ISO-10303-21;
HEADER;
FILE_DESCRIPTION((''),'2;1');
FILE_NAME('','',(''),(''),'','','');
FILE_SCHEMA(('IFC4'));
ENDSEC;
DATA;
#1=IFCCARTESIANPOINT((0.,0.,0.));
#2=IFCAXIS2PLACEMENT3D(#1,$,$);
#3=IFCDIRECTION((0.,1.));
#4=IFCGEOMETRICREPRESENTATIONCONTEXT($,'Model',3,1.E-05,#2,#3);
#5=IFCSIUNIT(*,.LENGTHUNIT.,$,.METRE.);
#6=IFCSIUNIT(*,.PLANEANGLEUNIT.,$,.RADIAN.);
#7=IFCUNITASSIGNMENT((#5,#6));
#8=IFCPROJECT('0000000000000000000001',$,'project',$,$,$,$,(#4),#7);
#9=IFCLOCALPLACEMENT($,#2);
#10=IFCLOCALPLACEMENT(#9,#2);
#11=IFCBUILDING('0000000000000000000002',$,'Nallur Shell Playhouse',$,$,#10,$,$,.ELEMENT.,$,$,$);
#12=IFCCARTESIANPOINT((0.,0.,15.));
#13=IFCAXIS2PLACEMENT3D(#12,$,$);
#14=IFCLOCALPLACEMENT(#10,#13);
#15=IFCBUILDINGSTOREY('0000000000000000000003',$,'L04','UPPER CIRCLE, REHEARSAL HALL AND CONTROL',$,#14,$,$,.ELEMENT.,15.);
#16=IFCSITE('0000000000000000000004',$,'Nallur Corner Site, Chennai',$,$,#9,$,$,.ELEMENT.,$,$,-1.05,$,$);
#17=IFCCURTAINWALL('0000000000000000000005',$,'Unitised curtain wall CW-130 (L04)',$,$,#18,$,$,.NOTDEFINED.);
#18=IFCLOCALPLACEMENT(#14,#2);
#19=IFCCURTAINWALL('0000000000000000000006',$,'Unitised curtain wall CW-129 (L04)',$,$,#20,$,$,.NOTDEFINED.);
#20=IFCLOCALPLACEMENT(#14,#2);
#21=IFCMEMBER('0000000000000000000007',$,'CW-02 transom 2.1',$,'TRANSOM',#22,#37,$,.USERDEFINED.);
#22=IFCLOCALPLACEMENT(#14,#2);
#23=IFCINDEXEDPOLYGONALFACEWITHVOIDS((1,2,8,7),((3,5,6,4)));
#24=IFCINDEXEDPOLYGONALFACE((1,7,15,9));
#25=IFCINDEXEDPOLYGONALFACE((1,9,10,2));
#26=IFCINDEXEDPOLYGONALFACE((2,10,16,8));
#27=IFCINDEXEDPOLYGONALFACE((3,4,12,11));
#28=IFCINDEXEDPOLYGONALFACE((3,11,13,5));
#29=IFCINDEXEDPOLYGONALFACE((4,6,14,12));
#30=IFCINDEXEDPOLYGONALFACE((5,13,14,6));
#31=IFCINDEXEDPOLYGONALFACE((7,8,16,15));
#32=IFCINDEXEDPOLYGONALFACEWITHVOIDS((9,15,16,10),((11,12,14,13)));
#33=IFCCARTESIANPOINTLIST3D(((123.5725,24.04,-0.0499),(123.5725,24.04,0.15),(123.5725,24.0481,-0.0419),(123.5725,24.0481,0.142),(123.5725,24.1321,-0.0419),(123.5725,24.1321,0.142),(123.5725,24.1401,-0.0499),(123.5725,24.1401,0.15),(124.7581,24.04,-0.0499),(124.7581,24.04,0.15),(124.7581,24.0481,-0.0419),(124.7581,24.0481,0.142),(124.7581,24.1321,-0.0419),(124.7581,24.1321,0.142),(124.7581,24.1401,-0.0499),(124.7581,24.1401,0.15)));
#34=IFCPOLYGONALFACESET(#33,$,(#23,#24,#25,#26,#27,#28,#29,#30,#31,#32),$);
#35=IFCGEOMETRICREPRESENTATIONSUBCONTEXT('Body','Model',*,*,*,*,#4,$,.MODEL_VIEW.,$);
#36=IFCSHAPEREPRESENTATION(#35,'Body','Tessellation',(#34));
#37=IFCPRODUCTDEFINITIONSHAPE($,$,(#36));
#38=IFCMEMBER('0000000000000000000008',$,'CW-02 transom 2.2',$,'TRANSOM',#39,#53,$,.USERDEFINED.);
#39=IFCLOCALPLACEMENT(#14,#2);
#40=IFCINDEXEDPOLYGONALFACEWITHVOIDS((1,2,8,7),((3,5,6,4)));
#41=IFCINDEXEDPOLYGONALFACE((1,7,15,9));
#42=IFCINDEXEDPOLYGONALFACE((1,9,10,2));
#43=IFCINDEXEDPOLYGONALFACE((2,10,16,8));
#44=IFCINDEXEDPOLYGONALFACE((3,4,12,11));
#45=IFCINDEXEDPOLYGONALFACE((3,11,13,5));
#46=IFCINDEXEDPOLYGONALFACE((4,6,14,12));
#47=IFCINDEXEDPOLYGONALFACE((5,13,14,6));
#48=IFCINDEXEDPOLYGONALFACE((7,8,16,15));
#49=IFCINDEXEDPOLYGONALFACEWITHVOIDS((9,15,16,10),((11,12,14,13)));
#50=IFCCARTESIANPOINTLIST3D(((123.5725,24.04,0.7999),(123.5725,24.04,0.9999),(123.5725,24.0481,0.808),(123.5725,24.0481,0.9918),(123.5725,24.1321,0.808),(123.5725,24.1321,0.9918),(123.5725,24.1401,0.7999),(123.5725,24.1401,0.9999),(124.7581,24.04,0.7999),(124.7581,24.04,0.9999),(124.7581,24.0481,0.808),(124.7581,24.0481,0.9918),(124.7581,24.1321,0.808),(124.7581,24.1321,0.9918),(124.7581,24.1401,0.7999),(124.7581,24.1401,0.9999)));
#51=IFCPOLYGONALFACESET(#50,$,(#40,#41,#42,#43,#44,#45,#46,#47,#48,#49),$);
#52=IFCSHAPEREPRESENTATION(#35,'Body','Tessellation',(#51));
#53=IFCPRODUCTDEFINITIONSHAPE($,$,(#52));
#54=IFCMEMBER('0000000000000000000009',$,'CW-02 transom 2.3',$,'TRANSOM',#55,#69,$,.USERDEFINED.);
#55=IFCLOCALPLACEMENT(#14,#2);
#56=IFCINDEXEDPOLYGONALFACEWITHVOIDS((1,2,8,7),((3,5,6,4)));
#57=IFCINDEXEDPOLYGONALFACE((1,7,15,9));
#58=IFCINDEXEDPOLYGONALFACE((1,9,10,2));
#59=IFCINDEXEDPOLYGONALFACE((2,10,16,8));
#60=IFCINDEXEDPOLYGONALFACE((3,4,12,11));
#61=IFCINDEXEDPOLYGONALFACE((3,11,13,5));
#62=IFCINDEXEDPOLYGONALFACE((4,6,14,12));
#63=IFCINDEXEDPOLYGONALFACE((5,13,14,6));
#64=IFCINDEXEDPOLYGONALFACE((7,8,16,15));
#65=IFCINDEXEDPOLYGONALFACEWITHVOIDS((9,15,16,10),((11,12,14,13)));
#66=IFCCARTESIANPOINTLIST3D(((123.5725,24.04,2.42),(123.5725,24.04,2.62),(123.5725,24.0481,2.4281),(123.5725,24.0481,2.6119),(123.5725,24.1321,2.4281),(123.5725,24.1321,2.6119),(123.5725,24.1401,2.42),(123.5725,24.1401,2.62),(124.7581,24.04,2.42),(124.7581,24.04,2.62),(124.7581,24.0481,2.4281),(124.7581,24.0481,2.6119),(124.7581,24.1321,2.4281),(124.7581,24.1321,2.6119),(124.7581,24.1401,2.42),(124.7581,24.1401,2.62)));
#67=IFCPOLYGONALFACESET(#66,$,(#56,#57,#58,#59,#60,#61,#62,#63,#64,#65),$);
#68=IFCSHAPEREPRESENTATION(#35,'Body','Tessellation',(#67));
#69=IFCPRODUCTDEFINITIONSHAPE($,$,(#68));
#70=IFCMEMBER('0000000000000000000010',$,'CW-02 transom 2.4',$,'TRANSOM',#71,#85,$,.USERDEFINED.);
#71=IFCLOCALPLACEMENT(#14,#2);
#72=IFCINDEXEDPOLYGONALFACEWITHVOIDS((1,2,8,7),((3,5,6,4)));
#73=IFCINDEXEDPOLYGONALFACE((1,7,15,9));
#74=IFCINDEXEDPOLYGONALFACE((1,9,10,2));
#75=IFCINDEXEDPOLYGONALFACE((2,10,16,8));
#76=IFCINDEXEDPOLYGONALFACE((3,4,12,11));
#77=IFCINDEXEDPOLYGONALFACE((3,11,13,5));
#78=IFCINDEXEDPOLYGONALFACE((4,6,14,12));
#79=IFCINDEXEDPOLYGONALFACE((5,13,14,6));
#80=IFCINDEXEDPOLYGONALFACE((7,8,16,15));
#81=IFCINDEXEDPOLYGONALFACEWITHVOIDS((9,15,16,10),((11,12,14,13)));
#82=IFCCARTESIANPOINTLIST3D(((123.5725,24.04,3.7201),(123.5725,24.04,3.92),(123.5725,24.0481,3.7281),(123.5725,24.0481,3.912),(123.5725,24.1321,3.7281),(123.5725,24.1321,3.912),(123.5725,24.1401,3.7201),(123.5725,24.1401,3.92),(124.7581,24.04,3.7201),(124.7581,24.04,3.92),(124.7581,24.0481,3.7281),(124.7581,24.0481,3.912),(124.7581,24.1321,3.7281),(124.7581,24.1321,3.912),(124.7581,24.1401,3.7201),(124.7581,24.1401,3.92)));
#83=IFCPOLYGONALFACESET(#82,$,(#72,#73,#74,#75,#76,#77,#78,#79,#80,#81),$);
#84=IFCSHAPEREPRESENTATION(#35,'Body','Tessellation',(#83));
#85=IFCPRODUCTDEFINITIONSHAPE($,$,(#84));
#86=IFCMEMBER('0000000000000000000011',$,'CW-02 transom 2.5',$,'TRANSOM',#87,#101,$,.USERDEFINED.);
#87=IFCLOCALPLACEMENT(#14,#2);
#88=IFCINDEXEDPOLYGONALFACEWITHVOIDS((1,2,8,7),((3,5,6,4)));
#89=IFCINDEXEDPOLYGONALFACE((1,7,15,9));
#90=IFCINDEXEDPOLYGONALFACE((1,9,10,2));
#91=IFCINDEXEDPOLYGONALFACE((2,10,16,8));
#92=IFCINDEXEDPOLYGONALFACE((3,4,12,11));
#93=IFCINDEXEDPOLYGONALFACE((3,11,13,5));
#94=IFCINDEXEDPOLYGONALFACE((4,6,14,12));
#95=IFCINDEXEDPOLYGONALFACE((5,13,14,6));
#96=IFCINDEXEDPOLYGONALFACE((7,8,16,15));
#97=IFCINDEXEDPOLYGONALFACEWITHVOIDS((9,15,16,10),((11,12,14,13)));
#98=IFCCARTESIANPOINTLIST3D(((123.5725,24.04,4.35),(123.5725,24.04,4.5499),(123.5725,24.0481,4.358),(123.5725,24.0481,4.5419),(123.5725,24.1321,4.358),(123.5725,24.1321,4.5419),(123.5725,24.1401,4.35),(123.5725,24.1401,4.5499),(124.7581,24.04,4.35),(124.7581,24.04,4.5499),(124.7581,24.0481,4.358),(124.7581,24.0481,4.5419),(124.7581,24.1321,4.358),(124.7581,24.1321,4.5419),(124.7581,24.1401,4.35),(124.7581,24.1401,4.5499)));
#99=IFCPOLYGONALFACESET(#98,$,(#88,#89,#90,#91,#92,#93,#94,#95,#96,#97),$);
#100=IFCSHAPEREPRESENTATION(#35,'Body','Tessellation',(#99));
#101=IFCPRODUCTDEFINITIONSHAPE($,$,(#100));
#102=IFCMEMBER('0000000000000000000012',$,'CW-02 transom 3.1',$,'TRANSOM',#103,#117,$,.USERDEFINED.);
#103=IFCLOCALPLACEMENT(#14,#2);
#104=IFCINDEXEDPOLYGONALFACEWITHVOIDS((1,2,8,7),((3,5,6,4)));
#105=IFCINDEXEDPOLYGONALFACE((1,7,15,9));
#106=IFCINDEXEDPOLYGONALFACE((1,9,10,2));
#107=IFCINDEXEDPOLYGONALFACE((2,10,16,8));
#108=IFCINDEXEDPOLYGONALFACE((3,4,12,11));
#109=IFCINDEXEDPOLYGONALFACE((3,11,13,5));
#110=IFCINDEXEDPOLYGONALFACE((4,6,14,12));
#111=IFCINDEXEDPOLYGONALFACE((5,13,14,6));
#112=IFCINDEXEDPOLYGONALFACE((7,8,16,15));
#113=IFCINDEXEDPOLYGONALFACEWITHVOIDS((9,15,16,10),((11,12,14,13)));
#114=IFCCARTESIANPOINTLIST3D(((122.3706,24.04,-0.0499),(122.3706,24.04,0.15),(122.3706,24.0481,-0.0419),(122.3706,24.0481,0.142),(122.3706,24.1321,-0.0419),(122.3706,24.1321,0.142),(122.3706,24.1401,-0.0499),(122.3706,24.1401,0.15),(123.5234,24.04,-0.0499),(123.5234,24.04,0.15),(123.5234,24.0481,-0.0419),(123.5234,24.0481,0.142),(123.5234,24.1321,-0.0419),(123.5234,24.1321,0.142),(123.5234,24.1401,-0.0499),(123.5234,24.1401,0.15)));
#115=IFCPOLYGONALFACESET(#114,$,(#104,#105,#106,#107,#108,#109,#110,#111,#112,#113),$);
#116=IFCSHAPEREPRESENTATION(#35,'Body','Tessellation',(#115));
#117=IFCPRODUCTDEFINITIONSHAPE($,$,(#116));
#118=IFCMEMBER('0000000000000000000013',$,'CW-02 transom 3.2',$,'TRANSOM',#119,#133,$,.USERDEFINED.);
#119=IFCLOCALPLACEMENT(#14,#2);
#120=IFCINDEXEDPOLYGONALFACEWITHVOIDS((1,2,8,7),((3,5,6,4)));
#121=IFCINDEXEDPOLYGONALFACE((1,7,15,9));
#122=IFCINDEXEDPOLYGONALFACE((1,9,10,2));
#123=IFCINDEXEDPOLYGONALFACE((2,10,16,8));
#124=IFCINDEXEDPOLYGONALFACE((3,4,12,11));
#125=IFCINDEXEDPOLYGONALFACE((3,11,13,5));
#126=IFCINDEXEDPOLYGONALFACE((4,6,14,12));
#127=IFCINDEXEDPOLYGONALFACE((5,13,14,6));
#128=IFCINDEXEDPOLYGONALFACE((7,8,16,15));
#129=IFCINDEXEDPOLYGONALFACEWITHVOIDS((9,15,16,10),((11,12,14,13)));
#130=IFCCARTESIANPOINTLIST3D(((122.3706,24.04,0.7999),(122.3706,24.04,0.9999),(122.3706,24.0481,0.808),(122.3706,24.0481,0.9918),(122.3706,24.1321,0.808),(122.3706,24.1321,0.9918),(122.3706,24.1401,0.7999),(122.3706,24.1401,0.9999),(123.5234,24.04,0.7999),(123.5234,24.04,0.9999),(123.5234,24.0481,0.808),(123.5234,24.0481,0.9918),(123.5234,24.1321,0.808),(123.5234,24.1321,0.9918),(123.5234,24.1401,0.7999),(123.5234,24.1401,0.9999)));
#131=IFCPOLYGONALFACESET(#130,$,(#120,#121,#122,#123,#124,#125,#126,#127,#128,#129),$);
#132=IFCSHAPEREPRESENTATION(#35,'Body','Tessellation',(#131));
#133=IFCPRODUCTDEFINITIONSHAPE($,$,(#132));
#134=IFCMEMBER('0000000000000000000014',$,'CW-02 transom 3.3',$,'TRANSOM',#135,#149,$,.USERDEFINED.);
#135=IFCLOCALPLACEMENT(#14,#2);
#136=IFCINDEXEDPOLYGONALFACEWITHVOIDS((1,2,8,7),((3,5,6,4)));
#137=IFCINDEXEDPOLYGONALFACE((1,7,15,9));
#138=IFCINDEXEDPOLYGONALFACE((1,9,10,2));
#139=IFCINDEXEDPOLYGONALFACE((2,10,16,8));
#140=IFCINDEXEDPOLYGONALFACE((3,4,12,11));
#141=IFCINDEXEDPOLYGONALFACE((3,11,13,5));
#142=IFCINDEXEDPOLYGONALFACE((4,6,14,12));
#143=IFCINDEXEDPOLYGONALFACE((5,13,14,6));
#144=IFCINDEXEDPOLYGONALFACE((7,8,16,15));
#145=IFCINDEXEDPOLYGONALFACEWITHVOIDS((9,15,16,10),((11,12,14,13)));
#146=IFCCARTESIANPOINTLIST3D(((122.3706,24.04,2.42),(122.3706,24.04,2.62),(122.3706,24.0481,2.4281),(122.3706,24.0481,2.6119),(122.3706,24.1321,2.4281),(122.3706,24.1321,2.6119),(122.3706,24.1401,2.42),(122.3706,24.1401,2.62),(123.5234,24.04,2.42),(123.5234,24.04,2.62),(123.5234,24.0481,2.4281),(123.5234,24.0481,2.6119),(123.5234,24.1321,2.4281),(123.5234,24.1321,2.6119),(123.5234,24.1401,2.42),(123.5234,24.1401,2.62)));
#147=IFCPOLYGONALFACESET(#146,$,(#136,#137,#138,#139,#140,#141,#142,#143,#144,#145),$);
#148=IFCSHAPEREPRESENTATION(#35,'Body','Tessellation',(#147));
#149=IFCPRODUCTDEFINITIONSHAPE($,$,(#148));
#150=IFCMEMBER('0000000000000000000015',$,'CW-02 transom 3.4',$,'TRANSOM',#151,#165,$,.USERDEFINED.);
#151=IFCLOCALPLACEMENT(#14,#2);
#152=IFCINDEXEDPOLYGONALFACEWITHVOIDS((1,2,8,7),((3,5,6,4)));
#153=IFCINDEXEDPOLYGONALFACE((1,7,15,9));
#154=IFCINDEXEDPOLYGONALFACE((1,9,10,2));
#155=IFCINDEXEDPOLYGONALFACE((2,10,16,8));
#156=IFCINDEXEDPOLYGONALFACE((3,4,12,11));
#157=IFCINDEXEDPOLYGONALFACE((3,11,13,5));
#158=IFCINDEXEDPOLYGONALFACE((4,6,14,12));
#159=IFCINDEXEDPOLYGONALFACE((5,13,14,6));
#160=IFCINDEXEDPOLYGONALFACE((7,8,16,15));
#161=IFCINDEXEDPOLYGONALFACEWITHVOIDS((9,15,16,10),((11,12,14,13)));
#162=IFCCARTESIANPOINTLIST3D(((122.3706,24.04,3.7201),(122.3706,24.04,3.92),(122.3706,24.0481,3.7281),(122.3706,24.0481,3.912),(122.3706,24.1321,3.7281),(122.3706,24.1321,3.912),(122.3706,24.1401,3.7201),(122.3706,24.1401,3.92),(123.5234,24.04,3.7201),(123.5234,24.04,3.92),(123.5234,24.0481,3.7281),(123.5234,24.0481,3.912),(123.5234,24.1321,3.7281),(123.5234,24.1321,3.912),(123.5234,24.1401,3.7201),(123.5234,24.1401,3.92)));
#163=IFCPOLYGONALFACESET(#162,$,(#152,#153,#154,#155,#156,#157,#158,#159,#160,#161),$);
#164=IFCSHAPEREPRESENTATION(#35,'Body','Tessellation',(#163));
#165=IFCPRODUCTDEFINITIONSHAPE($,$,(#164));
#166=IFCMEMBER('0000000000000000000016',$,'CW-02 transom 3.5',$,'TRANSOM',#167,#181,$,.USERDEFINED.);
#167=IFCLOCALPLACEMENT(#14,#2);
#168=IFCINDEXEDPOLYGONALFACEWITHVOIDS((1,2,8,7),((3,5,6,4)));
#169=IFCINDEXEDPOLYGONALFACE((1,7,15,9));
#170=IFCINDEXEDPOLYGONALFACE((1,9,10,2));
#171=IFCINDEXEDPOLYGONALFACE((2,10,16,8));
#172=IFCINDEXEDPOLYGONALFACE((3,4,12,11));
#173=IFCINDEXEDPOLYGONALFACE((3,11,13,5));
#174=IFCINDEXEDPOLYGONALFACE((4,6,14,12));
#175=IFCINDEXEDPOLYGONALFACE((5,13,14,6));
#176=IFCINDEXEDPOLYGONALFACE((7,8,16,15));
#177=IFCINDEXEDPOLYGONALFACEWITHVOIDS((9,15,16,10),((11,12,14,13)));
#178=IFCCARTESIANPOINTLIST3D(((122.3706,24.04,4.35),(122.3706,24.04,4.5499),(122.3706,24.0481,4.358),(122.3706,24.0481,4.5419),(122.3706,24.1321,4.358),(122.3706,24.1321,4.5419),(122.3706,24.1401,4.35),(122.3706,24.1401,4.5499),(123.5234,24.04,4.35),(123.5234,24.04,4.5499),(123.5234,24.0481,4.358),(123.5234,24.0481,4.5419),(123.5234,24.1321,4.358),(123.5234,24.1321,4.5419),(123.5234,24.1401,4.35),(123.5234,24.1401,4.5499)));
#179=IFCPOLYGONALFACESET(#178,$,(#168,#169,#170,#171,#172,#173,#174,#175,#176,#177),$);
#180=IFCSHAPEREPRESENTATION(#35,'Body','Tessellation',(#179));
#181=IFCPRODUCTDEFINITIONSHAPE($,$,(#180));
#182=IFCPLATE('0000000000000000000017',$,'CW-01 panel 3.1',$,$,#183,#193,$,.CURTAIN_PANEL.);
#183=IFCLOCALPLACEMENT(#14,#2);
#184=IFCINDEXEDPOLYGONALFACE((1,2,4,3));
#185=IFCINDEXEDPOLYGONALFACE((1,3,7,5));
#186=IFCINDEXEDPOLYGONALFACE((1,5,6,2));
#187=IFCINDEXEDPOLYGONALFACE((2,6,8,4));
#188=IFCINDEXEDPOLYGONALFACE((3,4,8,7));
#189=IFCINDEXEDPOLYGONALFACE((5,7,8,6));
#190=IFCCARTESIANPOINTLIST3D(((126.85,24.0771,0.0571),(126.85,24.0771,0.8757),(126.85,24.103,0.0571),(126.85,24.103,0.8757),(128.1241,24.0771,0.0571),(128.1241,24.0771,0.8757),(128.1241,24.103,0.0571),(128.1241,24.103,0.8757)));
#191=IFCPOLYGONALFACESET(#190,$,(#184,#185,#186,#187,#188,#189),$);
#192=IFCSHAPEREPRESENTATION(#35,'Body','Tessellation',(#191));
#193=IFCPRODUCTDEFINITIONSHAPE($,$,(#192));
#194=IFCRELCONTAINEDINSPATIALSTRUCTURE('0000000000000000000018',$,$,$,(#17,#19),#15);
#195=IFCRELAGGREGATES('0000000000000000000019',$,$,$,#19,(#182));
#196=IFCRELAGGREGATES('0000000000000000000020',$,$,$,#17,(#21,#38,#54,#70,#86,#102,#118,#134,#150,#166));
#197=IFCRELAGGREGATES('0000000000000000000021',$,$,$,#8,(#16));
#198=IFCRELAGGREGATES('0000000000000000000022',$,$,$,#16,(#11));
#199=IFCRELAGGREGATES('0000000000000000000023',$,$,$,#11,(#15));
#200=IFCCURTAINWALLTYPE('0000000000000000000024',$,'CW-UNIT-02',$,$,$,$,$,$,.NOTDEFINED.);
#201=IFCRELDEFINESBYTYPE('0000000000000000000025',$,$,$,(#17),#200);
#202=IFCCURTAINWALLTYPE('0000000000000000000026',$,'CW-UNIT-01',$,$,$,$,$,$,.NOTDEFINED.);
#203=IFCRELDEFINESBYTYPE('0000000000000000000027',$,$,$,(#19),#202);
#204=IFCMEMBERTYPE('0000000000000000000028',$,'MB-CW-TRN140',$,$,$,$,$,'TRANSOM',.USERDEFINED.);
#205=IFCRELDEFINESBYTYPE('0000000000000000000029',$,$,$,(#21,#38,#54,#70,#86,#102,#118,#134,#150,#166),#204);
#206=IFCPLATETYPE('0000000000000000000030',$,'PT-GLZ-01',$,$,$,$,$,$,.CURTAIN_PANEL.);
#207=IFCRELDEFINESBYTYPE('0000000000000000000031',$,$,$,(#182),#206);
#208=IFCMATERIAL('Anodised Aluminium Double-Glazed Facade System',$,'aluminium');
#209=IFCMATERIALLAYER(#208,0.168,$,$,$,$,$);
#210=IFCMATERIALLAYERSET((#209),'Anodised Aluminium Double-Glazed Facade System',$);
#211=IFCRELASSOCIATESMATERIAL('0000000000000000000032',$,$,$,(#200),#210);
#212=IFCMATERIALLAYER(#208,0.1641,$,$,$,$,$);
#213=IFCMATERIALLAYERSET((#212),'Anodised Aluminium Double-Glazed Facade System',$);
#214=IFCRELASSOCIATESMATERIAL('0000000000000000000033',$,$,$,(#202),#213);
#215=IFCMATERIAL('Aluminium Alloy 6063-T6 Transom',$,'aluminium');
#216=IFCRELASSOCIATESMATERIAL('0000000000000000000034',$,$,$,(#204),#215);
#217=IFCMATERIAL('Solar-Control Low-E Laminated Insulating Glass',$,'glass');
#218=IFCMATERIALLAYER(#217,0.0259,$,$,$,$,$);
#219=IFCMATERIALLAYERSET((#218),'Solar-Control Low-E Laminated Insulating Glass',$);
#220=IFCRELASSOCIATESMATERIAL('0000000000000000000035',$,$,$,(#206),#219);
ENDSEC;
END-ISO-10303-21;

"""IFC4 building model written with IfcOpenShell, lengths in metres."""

from ifc_helpers import new_model, si_unit, direction, frame, origin, origin_2d, place, context, subcontext, project, spatial, rectangle, hollow_rectangle, extrude, material, layer, layer_set, material_profile, profile_set, type_object, element, aggregate, save


model = new_model("IFC4")

# Units and contexts
model_context = context("Model", 3, precision=1e-05, world=origin(), true_north=direction((0.0, 1.0)))
body_context = subcontext(model_context, "Body", "Model", "MODEL_VIEW")
ifc_project = project(units=[si_unit("LENGTHUNIT", "METRE"), si_unit("PLANEANGLEUNIT", "RADIAN")], contexts=[model_context])

# Site, building, storey
site_placement = place(None, origin())
site = spatial("IfcSite", under=ifc_project, at=site_placement, Name="Nallur Corner Site, Chennai", CompositionType="ELEMENT", RefElevation=-1.05)
building_placement = place(site_placement, origin())
building = spatial("IfcBuilding", under=site, at=building_placement, Name="Nallur Shell Playhouse", CompositionType="ELEMENT")
storey_placement = place(building_placement, frame((0.0, 0.0, 15.0)))
storey = spatial("IfcBuildingStorey", under=building, at=storey_placement, Name="L04", Description="UPPER CIRCLE, REHEARSAL HALL AND CONTROL", CompositionType="ELEMENT", Elevation=15.0)

# Curtain wall
ifc_material_1 = material(Name="Anodised Aluminium Double-Glazed Facade System", Category="aluminium")
ifc_layer_1 = layer(ifc_material_1, 0.168)
ifc_layer_set_1 = layer_set([ifc_layer_1], Name="Anodised Aluminium Double-Glazed Facade System")
curtain_wall_type_1 = type_object("IfcCurtainWallType", Name="CW-UNIT-02", PredefinedType="NOTDEFINED", material=ifc_layer_set_1)
curtain_wall_1_placement = place(storey_placement, origin())
curtain_wall_1 = element("IfcCurtainWall", 1, at=curtain_wall_1_placement, inside=storey, type_object=curtain_wall_type_1, Name="Unitised curtain wall CW-130 (L04)", PredefinedType="NOTDEFINED")

# Curtain wall
ifc_layer_2 = layer(ifc_material_1, 0.1641)
ifc_layer_set_2 = layer_set([ifc_layer_2], Name="Anodised Aluminium Double-Glazed Facade System")
curtain_wall_type_2 = type_object("IfcCurtainWallType", Name="CW-UNIT-01", PredefinedType="NOTDEFINED", material=ifc_layer_set_2)
curtain_wall_2_placement = place(storey_placement, origin())
curtain_wall_2 = element("IfcCurtainWall", 2, at=curtain_wall_2_placement, inside=storey, type_object=curtain_wall_type_2, Name="Unitised curtain wall CW-129 (L04)", PredefinedType="NOTDEFINED")

# Members
ifc_material_2 = material(Name="Aluminium Alloy 6063-T6 Transom", Category="aluminium")
ifc_material_profile_1 = material_profile(ifc_material_2, hollow_rectangle(XDim=0.1001, YDim=0.2, WallThickness=0.0081, at=origin_2d()), Name="RHS 200x100x8")
ifc_profile_set_1 = profile_set([ifc_material_profile_1], Name="Aluminium Alloy 6063-T6 Transom")
member_type_1 = type_object("IfcMemberType", Name="MB-CW-TRN140", ElementType="TRANSOM", PredefinedType="USERDEFINED", material=ifc_profile_set_1)
member_1_placement = place(storey_placement, frame((124.7581, 24.0901, 0.05), z_axis=(-1.0, 0.0, 0.0), x_axis=(0.0, -1.0, 0.0)))
member_1 = element("IfcMember", 3, at=member_1_placement, type_object=member_type_1, Name="CW-02 transom 2.1", ObjectType="TRANSOM", PredefinedType="USERDEFINED", context=body_context, shape_type="SweptSolid", body=[
    extrude(hollow_rectangle(XDim=0.1001, YDim=0.2, WallThickness=0.0081, at=origin_2d()), origin(), (0.0, 0.0, 1.0), 1.1855),
])
member_2_placement = place(storey_placement, frame((124.7581, 24.0901, 0.8999), z_axis=(-1.0, 0.0, 0.0), x_axis=(0.0, -1.0, 0.0)))
member_2 = element("IfcMember", 4, at=member_2_placement, type_object=member_type_1, Name="CW-02 transom 2.2", ObjectType="TRANSOM", PredefinedType="USERDEFINED", context=body_context, shape_type="SweptSolid", body=[
    extrude(hollow_rectangle(XDim=0.1001, YDim=0.2, WallThickness=0.0081, at=origin_2d()), origin(), (0.0, 0.0, 1.0), 1.1855),
])
member_3_placement = place(storey_placement, frame((124.7581, 24.0901, 2.52), z_axis=(-1.0, 0.0, 0.0), x_axis=(0.0, -1.0, 0.0)))
member_3 = element("IfcMember", 5, at=member_3_placement, type_object=member_type_1, Name="CW-02 transom 2.3", ObjectType="TRANSOM", PredefinedType="USERDEFINED", context=body_context, shape_type="SweptSolid", body=[
    extrude(hollow_rectangle(XDim=0.1001, YDim=0.2, WallThickness=0.0081, at=origin_2d()), origin(), (0.0, 0.0, 1.0), 1.1855),
])
member_4_placement = place(storey_placement, frame((124.7581, 24.0901, 3.8201), z_axis=(-1.0, 0.0, 0.0), x_axis=(0.0, -1.0, 0.0)))
member_4 = element("IfcMember", 6, at=member_4_placement, type_object=member_type_1, Name="CW-02 transom 2.4", ObjectType="TRANSOM", PredefinedType="USERDEFINED", context=body_context, shape_type="SweptSolid", body=[
    extrude(hollow_rectangle(XDim=0.1001, YDim=0.2, WallThickness=0.0081, at=origin_2d()), origin(), (0.0, 0.0, 1.0), 1.1855),
])
member_5_placement = place(storey_placement, frame((124.7581, 24.0901, 4.45), z_axis=(-1.0, 0.0, 0.0), x_axis=(0.0, -1.0, 0.0)))
member_5 = element("IfcMember", 7, at=member_5_placement, type_object=member_type_1, Name="CW-02 transom 2.5", ObjectType="TRANSOM", PredefinedType="USERDEFINED", context=body_context, shape_type="SweptSolid", body=[
    extrude(hollow_rectangle(XDim=0.1001, YDim=0.2, WallThickness=0.0081, at=origin_2d()), origin(), (0.0, 0.0, 1.0), 1.1855),
])
member_6_placement = place(storey_placement, frame((123.5234, 24.0901, 0.05), z_axis=(-1.0, 0.0, 0.0), x_axis=(0.0, -1.0, 0.0)))
member_6 = element("IfcMember", 8, at=member_6_placement, type_object=member_type_1, Name="CW-02 transom 3.1", ObjectType="TRANSOM", PredefinedType="USERDEFINED", context=body_context, shape_type="SweptSolid", body=[
    extrude(hollow_rectangle(XDim=0.1001, YDim=0.2, WallThickness=0.0081, at=origin_2d()), origin(), (0.0, 0.0, 1.0), 1.1528),
])
member_7_placement = place(storey_placement, frame((123.5234, 24.0901, 0.8999), z_axis=(-1.0, 0.0, 0.0), x_axis=(0.0, -1.0, 0.0)))
member_7 = element("IfcMember", 9, at=member_7_placement, type_object=member_type_1, Name="CW-02 transom 3.2", ObjectType="TRANSOM", PredefinedType="USERDEFINED", context=body_context, shape_type="SweptSolid", body=[
    extrude(hollow_rectangle(XDim=0.1001, YDim=0.2, WallThickness=0.0081, at=origin_2d()), origin(), (0.0, 0.0, 1.0), 1.1528),
])
member_8_placement = place(storey_placement, frame((123.5234, 24.0901, 2.52), z_axis=(-1.0, 0.0, 0.0), x_axis=(0.0, -1.0, 0.0)))
member_8 = element("IfcMember", 10, at=member_8_placement, type_object=member_type_1, Name="CW-02 transom 3.3", ObjectType="TRANSOM", PredefinedType="USERDEFINED", context=body_context, shape_type="SweptSolid", body=[
    extrude(hollow_rectangle(XDim=0.1001, YDim=0.2, WallThickness=0.0081, at=origin_2d()), origin(), (0.0, 0.0, 1.0), 1.1528),
])
member_9_placement = place(storey_placement, frame((123.5234, 24.0901, 3.8201), z_axis=(-1.0, 0.0, 0.0), x_axis=(0.0, -1.0, 0.0)))
member_9 = element("IfcMember", 11, at=member_9_placement, type_object=member_type_1, Name="CW-02 transom 3.4", ObjectType="TRANSOM", PredefinedType="USERDEFINED", context=body_context, shape_type="SweptSolid", body=[
    extrude(hollow_rectangle(XDim=0.1001, YDim=0.2, WallThickness=0.0081, at=origin_2d()), origin(), (0.0, 0.0, 1.0), 1.1528),
])
member_10_placement = place(storey_placement, frame((123.5234, 24.0901, 4.45), z_axis=(-1.0, 0.0, 0.0), x_axis=(0.0, -1.0, 0.0)))
member_10 = element("IfcMember", 12, at=member_10_placement, type_object=member_type_1, Name="CW-02 transom 3.5", ObjectType="TRANSOM", PredefinedType="USERDEFINED", context=body_context, shape_type="SweptSolid", body=[
    extrude(hollow_rectangle(XDim=0.1001, YDim=0.2, WallThickness=0.0081, at=origin_2d()), origin(), (0.0, 0.0, 1.0), 1.1528),
])

# Plate
ifc_material_3 = material(Name="Solar-Control Low-E Laminated Insulating Glass", Category="glass")
ifc_layer_3 = layer(ifc_material_3, 0.0259)
ifc_layer_set_3 = layer_set([ifc_layer_3], Name="Solar-Control Low-E Laminated Insulating Glass")
plate_type_1 = type_object("IfcPlateType", Name="PT-GLZ-01", PredefinedType="CURTAIN_PANEL", material=ifc_layer_set_3)
plate_1_placement = place(storey_placement, frame((127.4871, 24.0901, 0.0571), z_axis=(0.0, 0.0, 1.0), x_axis=(-1.0, 0.0, 0.0)))
plate_1 = element("IfcPlate", 13, at=plate_1_placement, type_object=plate_type_1, Name="CW-01 panel 3.1", PredefinedType="CURTAIN_PANEL", context=body_context, shape_type="SweptSolid", body=[
    extrude(rectangle(XDim=1.2742, YDim=0.0259, at=origin_2d()), origin(), (0.0, 0.0, 1.0), 0.8186),
])
aggregate(curtain_wall_2, [plate_1])
aggregate(curtain_wall_1, [member_1, member_2, member_3, member_4, member_5, member_6, member_7, member_8, member_9, member_10])

save(model, "model.ifc")
